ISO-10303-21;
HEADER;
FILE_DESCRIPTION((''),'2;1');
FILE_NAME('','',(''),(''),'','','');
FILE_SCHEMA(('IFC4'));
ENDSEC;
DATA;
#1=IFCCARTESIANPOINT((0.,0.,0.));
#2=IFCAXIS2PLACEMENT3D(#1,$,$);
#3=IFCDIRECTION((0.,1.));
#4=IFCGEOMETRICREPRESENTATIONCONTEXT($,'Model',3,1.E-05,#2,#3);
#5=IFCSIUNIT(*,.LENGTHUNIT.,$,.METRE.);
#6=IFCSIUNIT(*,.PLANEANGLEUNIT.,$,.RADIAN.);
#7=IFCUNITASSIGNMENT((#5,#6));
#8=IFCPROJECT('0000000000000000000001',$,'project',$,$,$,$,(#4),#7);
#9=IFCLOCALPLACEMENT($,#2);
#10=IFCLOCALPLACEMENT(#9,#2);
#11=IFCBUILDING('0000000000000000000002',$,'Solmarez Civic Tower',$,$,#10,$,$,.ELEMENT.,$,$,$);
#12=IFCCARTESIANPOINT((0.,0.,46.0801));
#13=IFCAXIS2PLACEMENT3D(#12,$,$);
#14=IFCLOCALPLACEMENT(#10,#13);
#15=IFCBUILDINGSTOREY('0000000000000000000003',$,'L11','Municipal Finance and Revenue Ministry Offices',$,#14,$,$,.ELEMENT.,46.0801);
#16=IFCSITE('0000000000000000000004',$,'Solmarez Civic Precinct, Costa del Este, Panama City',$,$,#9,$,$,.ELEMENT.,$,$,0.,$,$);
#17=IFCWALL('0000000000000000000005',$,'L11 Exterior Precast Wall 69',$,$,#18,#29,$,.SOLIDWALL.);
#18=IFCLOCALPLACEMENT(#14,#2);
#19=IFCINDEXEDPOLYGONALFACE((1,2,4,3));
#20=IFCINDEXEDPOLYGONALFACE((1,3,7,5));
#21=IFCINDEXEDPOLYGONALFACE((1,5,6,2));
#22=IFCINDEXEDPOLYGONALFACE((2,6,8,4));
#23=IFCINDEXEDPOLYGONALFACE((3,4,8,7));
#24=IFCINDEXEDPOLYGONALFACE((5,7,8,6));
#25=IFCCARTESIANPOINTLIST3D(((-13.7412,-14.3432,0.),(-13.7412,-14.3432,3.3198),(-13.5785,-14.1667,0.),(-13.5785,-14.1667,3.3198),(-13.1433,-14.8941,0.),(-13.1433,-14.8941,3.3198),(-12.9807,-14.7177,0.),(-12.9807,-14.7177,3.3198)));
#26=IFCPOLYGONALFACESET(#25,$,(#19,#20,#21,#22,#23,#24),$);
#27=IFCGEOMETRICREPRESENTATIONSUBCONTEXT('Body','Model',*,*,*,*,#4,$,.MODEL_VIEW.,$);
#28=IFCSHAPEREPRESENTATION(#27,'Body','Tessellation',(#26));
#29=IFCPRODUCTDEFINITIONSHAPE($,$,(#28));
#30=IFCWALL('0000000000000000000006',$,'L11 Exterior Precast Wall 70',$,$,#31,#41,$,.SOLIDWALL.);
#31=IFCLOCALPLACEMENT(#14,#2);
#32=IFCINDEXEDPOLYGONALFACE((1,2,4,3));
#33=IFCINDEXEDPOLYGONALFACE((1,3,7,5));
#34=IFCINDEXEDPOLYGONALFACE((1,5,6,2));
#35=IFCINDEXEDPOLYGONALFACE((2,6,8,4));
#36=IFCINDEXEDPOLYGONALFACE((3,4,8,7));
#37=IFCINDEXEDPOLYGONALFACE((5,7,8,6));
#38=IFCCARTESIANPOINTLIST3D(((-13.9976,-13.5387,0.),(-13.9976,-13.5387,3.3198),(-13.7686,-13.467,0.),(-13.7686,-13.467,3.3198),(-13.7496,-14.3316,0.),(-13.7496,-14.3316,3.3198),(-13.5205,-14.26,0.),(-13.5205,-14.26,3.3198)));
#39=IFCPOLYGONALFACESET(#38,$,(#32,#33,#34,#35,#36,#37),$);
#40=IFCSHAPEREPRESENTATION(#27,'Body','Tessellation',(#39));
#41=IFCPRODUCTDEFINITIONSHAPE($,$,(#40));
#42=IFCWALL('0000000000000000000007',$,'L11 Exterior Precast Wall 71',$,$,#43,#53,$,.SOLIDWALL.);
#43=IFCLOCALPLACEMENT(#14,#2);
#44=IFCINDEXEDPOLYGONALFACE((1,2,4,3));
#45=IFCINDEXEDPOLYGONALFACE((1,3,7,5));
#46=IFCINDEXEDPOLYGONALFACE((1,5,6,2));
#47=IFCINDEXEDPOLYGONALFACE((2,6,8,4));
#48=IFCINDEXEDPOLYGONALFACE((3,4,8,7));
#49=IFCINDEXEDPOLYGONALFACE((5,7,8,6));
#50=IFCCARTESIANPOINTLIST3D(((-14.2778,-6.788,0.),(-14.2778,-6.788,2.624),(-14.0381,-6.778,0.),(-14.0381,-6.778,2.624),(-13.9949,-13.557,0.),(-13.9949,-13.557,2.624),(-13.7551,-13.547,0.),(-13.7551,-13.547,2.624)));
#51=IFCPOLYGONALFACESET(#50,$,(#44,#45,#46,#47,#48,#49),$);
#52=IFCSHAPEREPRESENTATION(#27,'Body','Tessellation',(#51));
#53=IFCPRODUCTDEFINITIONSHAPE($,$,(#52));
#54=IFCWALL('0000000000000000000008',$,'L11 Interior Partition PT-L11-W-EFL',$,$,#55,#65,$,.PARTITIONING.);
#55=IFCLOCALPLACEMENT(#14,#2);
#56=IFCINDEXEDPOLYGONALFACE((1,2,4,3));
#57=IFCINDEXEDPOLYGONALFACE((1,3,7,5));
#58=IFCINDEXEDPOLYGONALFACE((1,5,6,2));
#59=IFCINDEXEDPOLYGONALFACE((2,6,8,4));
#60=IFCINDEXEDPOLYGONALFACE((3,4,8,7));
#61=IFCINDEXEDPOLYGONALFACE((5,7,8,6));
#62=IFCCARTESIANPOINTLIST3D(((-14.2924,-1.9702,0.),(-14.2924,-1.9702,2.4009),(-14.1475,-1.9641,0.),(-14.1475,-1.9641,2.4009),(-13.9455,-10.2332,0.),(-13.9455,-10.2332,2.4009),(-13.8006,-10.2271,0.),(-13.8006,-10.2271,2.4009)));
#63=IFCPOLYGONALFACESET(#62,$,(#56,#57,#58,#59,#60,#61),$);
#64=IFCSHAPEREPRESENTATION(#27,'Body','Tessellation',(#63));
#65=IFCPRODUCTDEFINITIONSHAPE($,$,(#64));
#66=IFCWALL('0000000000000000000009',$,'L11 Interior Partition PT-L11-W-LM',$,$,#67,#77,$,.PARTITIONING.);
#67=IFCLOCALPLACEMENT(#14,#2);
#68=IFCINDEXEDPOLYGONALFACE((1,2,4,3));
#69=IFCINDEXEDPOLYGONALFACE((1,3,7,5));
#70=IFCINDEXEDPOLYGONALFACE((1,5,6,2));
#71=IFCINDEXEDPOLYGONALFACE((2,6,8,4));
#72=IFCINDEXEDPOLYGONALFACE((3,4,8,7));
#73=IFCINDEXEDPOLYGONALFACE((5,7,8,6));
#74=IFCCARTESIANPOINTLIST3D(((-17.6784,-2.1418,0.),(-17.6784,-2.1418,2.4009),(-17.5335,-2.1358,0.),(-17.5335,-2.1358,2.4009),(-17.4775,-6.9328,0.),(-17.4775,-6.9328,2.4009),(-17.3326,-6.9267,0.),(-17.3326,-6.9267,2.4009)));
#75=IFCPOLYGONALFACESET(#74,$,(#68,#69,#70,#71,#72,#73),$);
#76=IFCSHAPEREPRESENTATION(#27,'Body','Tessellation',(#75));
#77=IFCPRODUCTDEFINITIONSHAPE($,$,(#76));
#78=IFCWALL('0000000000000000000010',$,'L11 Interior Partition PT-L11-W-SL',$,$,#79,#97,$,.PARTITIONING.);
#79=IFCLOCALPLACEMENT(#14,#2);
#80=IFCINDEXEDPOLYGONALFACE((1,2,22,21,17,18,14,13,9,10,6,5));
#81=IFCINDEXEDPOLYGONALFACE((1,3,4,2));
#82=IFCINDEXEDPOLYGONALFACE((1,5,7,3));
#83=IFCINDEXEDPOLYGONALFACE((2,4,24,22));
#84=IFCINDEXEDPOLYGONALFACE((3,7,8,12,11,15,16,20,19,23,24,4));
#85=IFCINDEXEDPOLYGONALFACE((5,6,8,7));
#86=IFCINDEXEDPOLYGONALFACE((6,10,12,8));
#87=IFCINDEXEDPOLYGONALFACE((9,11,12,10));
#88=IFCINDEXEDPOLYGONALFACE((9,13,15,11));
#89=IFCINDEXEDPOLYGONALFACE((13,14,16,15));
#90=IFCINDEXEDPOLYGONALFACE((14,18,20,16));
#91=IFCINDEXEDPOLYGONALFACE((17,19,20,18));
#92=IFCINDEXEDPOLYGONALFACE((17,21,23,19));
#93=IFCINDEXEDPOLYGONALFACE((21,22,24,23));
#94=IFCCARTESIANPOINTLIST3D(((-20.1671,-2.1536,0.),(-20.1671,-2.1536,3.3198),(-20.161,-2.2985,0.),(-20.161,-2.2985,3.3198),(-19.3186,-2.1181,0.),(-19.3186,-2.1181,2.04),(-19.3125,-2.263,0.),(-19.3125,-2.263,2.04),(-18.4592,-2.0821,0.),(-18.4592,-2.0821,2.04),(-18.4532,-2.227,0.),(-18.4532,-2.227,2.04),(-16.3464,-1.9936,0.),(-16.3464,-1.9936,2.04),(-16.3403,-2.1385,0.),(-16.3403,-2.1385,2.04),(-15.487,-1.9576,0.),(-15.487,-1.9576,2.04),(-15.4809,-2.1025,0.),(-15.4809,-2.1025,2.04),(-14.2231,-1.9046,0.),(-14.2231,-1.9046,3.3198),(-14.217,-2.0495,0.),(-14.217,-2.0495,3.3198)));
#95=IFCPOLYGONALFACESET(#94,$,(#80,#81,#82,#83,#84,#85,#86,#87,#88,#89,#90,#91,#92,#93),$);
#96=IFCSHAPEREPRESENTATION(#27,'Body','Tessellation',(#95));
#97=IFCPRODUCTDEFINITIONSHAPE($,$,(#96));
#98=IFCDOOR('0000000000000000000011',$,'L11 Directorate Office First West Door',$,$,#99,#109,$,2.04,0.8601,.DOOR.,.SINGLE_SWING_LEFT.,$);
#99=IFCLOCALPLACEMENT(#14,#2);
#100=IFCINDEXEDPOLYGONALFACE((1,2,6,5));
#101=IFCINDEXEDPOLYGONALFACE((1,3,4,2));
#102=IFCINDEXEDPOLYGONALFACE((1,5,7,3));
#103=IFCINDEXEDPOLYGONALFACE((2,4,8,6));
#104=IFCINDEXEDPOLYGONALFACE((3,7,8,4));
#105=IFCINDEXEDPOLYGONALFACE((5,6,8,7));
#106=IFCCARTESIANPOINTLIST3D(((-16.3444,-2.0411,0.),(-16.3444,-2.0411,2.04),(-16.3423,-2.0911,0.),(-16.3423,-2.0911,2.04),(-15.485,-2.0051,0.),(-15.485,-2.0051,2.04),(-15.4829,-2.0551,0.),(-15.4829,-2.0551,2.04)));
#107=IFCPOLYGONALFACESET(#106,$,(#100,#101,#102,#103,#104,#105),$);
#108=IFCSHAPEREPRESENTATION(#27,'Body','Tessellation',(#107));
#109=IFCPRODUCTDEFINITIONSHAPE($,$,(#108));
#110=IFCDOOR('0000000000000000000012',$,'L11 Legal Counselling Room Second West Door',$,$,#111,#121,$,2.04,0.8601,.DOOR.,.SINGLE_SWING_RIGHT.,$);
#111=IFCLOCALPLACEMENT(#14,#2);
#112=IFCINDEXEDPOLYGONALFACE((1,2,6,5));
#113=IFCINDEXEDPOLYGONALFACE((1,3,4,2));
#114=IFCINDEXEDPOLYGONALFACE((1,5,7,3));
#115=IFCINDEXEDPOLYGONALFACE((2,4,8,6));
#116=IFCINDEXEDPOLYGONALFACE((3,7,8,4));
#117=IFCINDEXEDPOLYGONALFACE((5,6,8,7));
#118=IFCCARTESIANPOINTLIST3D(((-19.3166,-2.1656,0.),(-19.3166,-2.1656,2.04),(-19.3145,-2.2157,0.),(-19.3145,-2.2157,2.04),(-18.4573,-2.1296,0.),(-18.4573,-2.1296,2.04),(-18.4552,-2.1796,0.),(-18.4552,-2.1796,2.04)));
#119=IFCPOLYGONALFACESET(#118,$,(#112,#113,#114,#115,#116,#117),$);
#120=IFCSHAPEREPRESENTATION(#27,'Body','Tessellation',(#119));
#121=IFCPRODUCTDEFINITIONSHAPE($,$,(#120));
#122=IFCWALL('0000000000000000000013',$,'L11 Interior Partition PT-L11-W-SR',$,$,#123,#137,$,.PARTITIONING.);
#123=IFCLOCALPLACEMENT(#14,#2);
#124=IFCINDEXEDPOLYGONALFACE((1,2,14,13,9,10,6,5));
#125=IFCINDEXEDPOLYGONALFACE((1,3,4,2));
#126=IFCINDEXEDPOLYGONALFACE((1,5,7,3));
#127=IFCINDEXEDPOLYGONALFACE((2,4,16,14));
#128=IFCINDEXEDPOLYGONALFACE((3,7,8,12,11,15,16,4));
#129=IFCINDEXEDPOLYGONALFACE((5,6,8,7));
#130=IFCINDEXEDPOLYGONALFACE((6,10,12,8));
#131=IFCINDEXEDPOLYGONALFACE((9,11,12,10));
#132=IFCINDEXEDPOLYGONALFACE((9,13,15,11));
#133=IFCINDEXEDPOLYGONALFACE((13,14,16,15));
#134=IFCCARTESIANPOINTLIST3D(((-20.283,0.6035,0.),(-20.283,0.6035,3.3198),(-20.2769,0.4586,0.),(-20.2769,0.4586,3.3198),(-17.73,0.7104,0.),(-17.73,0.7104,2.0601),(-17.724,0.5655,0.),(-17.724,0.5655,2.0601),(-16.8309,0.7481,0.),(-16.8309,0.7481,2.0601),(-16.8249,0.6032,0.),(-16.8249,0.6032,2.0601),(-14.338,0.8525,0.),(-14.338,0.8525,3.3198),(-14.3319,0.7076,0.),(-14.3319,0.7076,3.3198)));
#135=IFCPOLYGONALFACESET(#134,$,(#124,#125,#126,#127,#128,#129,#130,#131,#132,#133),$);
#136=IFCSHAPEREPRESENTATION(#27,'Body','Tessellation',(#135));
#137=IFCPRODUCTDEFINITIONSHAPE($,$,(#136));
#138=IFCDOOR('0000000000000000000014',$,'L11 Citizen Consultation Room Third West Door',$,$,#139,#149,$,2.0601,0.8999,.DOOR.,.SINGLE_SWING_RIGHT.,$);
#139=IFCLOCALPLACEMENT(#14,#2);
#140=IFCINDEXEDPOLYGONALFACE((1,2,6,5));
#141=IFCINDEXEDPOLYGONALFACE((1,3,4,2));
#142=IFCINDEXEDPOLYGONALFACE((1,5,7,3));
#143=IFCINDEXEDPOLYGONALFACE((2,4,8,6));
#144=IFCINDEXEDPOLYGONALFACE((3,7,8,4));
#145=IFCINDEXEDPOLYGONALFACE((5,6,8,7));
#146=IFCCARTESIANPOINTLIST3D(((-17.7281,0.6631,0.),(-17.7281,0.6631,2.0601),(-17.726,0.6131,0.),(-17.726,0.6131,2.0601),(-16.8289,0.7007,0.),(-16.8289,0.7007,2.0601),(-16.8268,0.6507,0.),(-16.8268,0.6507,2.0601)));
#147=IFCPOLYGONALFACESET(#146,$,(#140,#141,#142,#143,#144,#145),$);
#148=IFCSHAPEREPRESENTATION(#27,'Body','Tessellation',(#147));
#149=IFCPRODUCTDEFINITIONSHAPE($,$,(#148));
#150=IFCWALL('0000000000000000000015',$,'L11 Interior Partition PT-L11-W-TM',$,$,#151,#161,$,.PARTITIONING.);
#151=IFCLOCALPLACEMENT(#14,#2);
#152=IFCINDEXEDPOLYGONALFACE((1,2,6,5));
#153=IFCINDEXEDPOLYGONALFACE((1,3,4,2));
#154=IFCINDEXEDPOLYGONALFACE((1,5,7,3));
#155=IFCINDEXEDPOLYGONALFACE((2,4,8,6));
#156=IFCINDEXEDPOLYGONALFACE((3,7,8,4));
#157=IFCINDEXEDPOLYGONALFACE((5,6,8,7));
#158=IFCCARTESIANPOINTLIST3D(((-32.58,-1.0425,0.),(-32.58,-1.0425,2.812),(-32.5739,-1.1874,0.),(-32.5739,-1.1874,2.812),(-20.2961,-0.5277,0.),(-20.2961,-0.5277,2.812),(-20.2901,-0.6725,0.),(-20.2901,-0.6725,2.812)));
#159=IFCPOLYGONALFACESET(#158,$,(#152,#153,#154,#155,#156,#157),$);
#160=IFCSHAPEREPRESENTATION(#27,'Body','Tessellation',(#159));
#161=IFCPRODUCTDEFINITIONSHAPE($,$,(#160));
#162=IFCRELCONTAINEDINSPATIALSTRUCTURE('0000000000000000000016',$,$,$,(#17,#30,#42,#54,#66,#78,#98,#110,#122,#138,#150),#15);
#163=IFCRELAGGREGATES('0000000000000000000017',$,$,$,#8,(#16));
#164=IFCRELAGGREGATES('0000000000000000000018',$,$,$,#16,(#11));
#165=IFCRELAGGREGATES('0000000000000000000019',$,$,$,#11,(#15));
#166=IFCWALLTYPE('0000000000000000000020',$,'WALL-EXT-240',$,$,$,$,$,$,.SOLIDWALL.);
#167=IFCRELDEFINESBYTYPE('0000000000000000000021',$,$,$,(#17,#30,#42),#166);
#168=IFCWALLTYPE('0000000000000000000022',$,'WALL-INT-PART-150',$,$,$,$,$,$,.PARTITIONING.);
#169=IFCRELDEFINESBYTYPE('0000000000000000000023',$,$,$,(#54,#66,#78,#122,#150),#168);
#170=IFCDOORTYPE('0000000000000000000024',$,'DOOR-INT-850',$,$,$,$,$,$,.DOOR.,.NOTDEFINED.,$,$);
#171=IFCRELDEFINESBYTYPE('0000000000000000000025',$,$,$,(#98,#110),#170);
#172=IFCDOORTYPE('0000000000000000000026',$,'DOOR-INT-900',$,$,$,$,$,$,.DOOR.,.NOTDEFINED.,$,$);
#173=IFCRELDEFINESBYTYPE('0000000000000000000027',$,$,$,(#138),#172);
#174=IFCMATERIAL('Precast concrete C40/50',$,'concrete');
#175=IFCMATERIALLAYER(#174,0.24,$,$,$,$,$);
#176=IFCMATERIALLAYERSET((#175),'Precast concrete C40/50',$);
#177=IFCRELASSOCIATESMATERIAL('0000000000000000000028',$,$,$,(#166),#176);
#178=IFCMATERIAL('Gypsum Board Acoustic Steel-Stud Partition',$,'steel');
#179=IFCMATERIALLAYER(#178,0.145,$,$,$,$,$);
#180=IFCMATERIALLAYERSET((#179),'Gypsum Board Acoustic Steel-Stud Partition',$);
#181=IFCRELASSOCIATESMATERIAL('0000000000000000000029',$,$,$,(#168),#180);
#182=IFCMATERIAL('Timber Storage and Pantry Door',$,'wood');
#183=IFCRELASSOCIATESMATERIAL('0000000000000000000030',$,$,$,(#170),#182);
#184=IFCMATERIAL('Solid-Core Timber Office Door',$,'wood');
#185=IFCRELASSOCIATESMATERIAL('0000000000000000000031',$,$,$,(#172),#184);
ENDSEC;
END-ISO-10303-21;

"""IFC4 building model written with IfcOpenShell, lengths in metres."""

from ifc_helpers import new_model, si_unit, direction, frame, frame_2d, origin, place, context, subcontext, project, spatial, rectangle, extrude, material, layer, layer_set, type_object, element, fill, save


model = new_model("IFC4")

# Units and contexts
model_context = context("Model", 3, precision=1e-05, world=origin(), true_north=direction((0.0, 1.0)))
body_context = subcontext(model_context, "Body", "Model", "MODEL_VIEW")
ifc_project = project(units=[si_unit("LENGTHUNIT", "METRE"), si_unit("PLANEANGLEUNIT", "RADIAN")], contexts=[model_context])

# Site, building, storey
site_placement = place(None, origin())
site = spatial("IfcSite", under=ifc_project, at=site_placement, Name="Solmarez Civic Precinct, Costa del Este, Panama City", CompositionType="ELEMENT", RefElevation=0.0)
building_placement = place(site_placement, origin())
building = spatial("IfcBuilding", under=site, at=building_placement, Name="Solmarez Civic Tower", CompositionType="ELEMENT")
storey_placement = place(building_placement, frame((0.0, 0.0, 46.0801)))
storey = spatial("IfcBuildingStorey", under=building, at=storey_placement, Name="L11", Description="Municipal Finance and Revenue Ministry Offices", CompositionType="ELEMENT", Elevation=46.0801)

# Walls
ifc_material_1 = material(Name="Precast concrete C40/50", Category="concrete")
ifc_layer_1 = layer(ifc_material_1, 0.24)
ifc_layer_set_1 = layer_set([ifc_layer_1], Name="Precast concrete C40/50")
wall_type_1 = type_object("IfcWallType", Name="WALL-EXT-240", PredefinedType="SOLIDWALL", material=ifc_layer_set_1)
wall_1_placement = place(storey_placement, frame((-13.062, -14.8059, 0.0), z_axis=(0.0, 0.0, 1.0), x_axis=(-0.735344, 0.677694, 0.0)))
element("IfcWall", 1, at=wall_1_placement, inside=storey, type_object=wall_type_1, Name="L11 Exterior Precast Wall 69", PredefinedType="SOLIDWALL", context=body_context, shape_type="SweptSolid", body=[
    extrude(rectangle(XDim=0.813, YDim=0.24, at=frame_2d((0.4065, 0.0))), origin(), (0.0, 0.0, 1.0), 3.3198),
])
wall_2_placement = place(storey_placement, frame((-13.635, -14.2959, 0.0), z_axis=(0.0, 0.0, 1.0), x_axis=(-0.298543, 0.954396, 0.0)))
element("IfcWall", 2, at=wall_2_placement, inside=storey, type_object=wall_type_1, Name="L11 Exterior Precast Wall 70", PredefinedType="SOLIDWALL", context=body_context, shape_type="SweptSolid", body=[
    extrude(rectangle(XDim=0.8308, YDim=0.24, at=frame_2d((0.4155, 0.0))), origin(), (0.0, 0.0, 1.0), 3.3198),
])
wall_3_placement = place(storey_placement, frame((-13.875, -13.552, 0.0), z_axis=(0.0, 0.0, 1.0), x_axis=(-0.041765, 0.999127, 0.0)))
element("IfcWall", 3, at=wall_3_placement, inside=storey, type_object=wall_type_1, Name="L11 Exterior Precast Wall 71", PredefinedType="SOLIDWALL", context=body_context, shape_type="SweptSolid", body=[
    extrude(rectangle(XDim=6.7749, YDim=0.24, at=frame_2d((3.3875, 0.0))), origin(), (0.0, 0.0, 1.0), 2.624),
])
ifc_material_2 = material(Name="Gypsum Board Acoustic Steel-Stud Partition", Category="steel")
ifc_layer_2 = layer(ifc_material_2, 0.145)
ifc_layer_set_2 = layer_set([ifc_layer_2], Name="Gypsum Board Acoustic Steel-Stud Partition")
wall_type_2 = type_object("IfcWallType", Name="WALL-INT-PART-150", PredefinedType="PARTITIONING", material=ifc_layer_set_2)
wall_4_placement = place(storey_placement, frame((-14.22, -1.967, 0.0), z_axis=(0.0, 0.0, 1.0), x_axis=(0.041949, -0.99912, 0.0)))
element("IfcWall", 4, at=wall_4_placement, inside=storey, type_object=wall_type_2, Name="L11 Interior Partition PT-L11-W-EFL", PredefinedType="PARTITIONING", context=body_context, shape_type="SweptSolid", body=[
    extrude(rectangle(XDim=8.2703, YDim=0.145, at=frame_2d((4.1353, 0.0))), origin(), (0.0, 0.0, 1.0), 2.4009),
])
wall_5_placement = place(storey_placement, frame((-17.606, -2.1389, 0.0), z_axis=(0.0, 0.0, 1.0), x_axis=(0.041902, -0.999122, 0.0)))
element("IfcWall", 5, at=wall_5_placement, inside=storey, type_object=wall_type_2, Name="L11 Interior Partition PT-L11-W-LM", PredefinedType="PARTITIONING", context=body_context, shape_type="SweptSolid", body=[
    extrude(rectangle(XDim=4.7952, YDim=0.145, at=frame_2d((2.3975, 0.0))), origin(), (0.0, 0.0, 1.0), 2.4009),
])

# Wall, openings, doors
wall_6_placement = place(storey_placement, frame((-20.1641, -2.2261, 0.0), z_axis=(0.0, 0.0, 1.0), x_axis=(0.999124, 0.041858, 0.0)))
wall_6 = element("IfcWall", 6, at=wall_6_placement, inside=storey, type_object=wall_type_2, Name="L11 Interior Partition PT-L11-W-SL", PredefinedType="PARTITIONING", context=body_context, shape_type="SweptSolid", body=[
    extrude(rectangle(XDim=5.9492, YDim=0.145, at=frame_2d((2.9746, 0.0))), origin(), (0.0, 0.0, 1.0), 3.3198),
])
opening_1_placement = place(wall_6_placement, frame((3.824, 0.0, 0.0)))
opening_1 = element("IfcOpeningElement", 7, at=opening_1_placement, cuts=wall_6, PredefinedType="OPENING", context=body_context, shape_type="SweptSolid", body=[
    extrude(rectangle(XDim=0.8601, YDim=2.04, at=frame_2d((0.4302, 1.02))), frame((0.0, 0.0825, 0.0), z_axis=(0.0, -1.0, 0.0), x_axis=(1.0, 0.0, 0.0)), (0.0, 0.0, 1.0), 0.165),
])
opening_2_placement = place(wall_6_placement, frame((0.8491, 0.0, 0.0)))
opening_2 = element("IfcOpeningElement", 8, at=opening_2_placement, cuts=wall_6, PredefinedType="OPENING", context=body_context, shape_type="SweptSolid", body=[
    extrude(rectangle(XDim=0.8601, YDim=2.04, at=frame_2d((0.4302, 1.02))), frame((0.0, 0.0825, 0.0), z_axis=(0.0, -1.0, 0.0), x_axis=(1.0, 0.0, 0.0)), (0.0, 0.0, 1.0), 0.165),
])
ifc_material_3 = material(Name="Timber Storage and Pantry Door", Category="wood")
door_type_1 = type_object("IfcDoorType", Name="DOOR-INT-850", OperationType="NOTDEFINED", PredefinedType="DOOR", material=ifc_material_3)
door_1_placement = place(opening_1_placement, origin())
door_1 = element("IfcDoor", 9, at=door_1_placement, inside=storey, type_object=door_type_1, Name="L11 Directorate Office First West Door", OperationType="SINGLE_SWING_LEFT", OverallHeight=2.04, OverallWidth=0.8601, PredefinedType="DOOR", context=body_context, shape_type="SweptSolid", body=[
    extrude(rectangle(XDim=0.8601, YDim=2.04, at=frame_2d((0.4302, 1.02))), frame((0.0, 0.0249, 0.0), z_axis=(0.0, -1.0, 0.0), x_axis=(1.0, 0.0, 0.0)), (0.0, 0.0, 1.0), 0.05),
])
fill(opening_1, door_1)
door_2_placement = place(opening_2_placement, origin())
door_2 = element("IfcDoor", 10, at=door_2_placement, inside=storey, type_object=door_type_1, Name="L11 Legal Counselling Room Second West Door", OperationType="SINGLE_SWING_RIGHT", OverallHeight=2.04, OverallWidth=0.8601, PredefinedType="DOOR", context=body_context, shape_type="SweptSolid", body=[
    extrude(rectangle(XDim=0.8601, YDim=2.04, at=frame_2d((0.4302, 1.02))), frame((0.0, 0.0249, 0.0), z_axis=(0.0, -1.0, 0.0), x_axis=(1.0, 0.0, 0.0)), (0.0, 0.0, 1.0), 0.05),
])
fill(opening_2, door_2)

# Wall, opening, door
wall_7_placement = place(storey_placement, frame((-14.335, 0.78, 0.0), z_axis=(0.0, 0.0, 1.0), x_axis=(-0.999124, -0.041851, 0.0)))
wall_7 = element("IfcWall", 11, at=wall_7_placement, inside=storey, type_object=wall_type_2, Name="L11 Interior Partition PT-L11-W-SR", PredefinedType="PARTITIONING", context=body_context, shape_type="SweptSolid", body=[
    extrude(rectangle(XDim=5.9502, YDim=0.145, at=frame_2d((2.9751, 0.0))), origin(), (0.0, 0.0, 1.0), 3.3198),
])
opening_3_placement = place(wall_7_placement, frame((2.4951, 0.0, 0.0)))
opening_3 = element("IfcOpeningElement", 12, at=opening_3_placement, cuts=wall_7, PredefinedType="OPENING", context=body_context, shape_type="SweptSolid", body=[
    extrude(rectangle(XDim=0.8999, YDim=2.0601, at=frame_2d((0.45, 1.03))), frame((0.0, 0.0825, 0.0), z_axis=(0.0, -1.0, 0.0), x_axis=(1.0, 0.0, 0.0)), (0.0, 0.0, 1.0), 0.165),
])
ifc_material_4 = material(Name="Solid-Core Timber Office Door", Category="wood")
door_type_2 = type_object("IfcDoorType", Name="DOOR-INT-900", OperationType="NOTDEFINED", PredefinedType="DOOR", material=ifc_material_4)
door_3_placement = place(opening_3_placement, origin())
door_3 = element("IfcDoor", 13, at=door_3_placement, inside=storey, type_object=door_type_2, Name="L11 Citizen Consultation Room Third West Door", OperationType="SINGLE_SWING_RIGHT", OverallHeight=2.0601, OverallWidth=0.8999, PredefinedType="DOOR", context=body_context, shape_type="SweptSolid", body=[
    extrude(rectangle(XDim=0.8999, YDim=2.0601, at=frame_2d((0.45, 1.03))), frame((0.0, 0.0249, 0.0), z_axis=(0.0, -1.0, 0.0), x_axis=(1.0, 0.0, 0.0)), (0.0, 0.0, 1.0), 0.05),
])
fill(opening_3, door_3)

# Wall
wall_8_placement = place(storey_placement, frame((-20.293, -0.6001, 0.0), z_axis=(0.0, 0.0, 1.0), x_axis=(-0.999123, -0.041879, 0.0)))
element("IfcWall", 14, at=wall_8_placement, inside=storey, type_object=wall_type_2, Name="L11 Interior Partition PT-L11-W-TM", PredefinedType="PARTITIONING", context=body_context, shape_type="SweptSolid", body=[
    extrude(rectangle(XDim=12.2947, YDim=0.145, at=frame_2d((6.1475, 0.0))), origin(), (0.0, 0.0, 1.0), 2.812),
])

save(model, "model.ifc")
